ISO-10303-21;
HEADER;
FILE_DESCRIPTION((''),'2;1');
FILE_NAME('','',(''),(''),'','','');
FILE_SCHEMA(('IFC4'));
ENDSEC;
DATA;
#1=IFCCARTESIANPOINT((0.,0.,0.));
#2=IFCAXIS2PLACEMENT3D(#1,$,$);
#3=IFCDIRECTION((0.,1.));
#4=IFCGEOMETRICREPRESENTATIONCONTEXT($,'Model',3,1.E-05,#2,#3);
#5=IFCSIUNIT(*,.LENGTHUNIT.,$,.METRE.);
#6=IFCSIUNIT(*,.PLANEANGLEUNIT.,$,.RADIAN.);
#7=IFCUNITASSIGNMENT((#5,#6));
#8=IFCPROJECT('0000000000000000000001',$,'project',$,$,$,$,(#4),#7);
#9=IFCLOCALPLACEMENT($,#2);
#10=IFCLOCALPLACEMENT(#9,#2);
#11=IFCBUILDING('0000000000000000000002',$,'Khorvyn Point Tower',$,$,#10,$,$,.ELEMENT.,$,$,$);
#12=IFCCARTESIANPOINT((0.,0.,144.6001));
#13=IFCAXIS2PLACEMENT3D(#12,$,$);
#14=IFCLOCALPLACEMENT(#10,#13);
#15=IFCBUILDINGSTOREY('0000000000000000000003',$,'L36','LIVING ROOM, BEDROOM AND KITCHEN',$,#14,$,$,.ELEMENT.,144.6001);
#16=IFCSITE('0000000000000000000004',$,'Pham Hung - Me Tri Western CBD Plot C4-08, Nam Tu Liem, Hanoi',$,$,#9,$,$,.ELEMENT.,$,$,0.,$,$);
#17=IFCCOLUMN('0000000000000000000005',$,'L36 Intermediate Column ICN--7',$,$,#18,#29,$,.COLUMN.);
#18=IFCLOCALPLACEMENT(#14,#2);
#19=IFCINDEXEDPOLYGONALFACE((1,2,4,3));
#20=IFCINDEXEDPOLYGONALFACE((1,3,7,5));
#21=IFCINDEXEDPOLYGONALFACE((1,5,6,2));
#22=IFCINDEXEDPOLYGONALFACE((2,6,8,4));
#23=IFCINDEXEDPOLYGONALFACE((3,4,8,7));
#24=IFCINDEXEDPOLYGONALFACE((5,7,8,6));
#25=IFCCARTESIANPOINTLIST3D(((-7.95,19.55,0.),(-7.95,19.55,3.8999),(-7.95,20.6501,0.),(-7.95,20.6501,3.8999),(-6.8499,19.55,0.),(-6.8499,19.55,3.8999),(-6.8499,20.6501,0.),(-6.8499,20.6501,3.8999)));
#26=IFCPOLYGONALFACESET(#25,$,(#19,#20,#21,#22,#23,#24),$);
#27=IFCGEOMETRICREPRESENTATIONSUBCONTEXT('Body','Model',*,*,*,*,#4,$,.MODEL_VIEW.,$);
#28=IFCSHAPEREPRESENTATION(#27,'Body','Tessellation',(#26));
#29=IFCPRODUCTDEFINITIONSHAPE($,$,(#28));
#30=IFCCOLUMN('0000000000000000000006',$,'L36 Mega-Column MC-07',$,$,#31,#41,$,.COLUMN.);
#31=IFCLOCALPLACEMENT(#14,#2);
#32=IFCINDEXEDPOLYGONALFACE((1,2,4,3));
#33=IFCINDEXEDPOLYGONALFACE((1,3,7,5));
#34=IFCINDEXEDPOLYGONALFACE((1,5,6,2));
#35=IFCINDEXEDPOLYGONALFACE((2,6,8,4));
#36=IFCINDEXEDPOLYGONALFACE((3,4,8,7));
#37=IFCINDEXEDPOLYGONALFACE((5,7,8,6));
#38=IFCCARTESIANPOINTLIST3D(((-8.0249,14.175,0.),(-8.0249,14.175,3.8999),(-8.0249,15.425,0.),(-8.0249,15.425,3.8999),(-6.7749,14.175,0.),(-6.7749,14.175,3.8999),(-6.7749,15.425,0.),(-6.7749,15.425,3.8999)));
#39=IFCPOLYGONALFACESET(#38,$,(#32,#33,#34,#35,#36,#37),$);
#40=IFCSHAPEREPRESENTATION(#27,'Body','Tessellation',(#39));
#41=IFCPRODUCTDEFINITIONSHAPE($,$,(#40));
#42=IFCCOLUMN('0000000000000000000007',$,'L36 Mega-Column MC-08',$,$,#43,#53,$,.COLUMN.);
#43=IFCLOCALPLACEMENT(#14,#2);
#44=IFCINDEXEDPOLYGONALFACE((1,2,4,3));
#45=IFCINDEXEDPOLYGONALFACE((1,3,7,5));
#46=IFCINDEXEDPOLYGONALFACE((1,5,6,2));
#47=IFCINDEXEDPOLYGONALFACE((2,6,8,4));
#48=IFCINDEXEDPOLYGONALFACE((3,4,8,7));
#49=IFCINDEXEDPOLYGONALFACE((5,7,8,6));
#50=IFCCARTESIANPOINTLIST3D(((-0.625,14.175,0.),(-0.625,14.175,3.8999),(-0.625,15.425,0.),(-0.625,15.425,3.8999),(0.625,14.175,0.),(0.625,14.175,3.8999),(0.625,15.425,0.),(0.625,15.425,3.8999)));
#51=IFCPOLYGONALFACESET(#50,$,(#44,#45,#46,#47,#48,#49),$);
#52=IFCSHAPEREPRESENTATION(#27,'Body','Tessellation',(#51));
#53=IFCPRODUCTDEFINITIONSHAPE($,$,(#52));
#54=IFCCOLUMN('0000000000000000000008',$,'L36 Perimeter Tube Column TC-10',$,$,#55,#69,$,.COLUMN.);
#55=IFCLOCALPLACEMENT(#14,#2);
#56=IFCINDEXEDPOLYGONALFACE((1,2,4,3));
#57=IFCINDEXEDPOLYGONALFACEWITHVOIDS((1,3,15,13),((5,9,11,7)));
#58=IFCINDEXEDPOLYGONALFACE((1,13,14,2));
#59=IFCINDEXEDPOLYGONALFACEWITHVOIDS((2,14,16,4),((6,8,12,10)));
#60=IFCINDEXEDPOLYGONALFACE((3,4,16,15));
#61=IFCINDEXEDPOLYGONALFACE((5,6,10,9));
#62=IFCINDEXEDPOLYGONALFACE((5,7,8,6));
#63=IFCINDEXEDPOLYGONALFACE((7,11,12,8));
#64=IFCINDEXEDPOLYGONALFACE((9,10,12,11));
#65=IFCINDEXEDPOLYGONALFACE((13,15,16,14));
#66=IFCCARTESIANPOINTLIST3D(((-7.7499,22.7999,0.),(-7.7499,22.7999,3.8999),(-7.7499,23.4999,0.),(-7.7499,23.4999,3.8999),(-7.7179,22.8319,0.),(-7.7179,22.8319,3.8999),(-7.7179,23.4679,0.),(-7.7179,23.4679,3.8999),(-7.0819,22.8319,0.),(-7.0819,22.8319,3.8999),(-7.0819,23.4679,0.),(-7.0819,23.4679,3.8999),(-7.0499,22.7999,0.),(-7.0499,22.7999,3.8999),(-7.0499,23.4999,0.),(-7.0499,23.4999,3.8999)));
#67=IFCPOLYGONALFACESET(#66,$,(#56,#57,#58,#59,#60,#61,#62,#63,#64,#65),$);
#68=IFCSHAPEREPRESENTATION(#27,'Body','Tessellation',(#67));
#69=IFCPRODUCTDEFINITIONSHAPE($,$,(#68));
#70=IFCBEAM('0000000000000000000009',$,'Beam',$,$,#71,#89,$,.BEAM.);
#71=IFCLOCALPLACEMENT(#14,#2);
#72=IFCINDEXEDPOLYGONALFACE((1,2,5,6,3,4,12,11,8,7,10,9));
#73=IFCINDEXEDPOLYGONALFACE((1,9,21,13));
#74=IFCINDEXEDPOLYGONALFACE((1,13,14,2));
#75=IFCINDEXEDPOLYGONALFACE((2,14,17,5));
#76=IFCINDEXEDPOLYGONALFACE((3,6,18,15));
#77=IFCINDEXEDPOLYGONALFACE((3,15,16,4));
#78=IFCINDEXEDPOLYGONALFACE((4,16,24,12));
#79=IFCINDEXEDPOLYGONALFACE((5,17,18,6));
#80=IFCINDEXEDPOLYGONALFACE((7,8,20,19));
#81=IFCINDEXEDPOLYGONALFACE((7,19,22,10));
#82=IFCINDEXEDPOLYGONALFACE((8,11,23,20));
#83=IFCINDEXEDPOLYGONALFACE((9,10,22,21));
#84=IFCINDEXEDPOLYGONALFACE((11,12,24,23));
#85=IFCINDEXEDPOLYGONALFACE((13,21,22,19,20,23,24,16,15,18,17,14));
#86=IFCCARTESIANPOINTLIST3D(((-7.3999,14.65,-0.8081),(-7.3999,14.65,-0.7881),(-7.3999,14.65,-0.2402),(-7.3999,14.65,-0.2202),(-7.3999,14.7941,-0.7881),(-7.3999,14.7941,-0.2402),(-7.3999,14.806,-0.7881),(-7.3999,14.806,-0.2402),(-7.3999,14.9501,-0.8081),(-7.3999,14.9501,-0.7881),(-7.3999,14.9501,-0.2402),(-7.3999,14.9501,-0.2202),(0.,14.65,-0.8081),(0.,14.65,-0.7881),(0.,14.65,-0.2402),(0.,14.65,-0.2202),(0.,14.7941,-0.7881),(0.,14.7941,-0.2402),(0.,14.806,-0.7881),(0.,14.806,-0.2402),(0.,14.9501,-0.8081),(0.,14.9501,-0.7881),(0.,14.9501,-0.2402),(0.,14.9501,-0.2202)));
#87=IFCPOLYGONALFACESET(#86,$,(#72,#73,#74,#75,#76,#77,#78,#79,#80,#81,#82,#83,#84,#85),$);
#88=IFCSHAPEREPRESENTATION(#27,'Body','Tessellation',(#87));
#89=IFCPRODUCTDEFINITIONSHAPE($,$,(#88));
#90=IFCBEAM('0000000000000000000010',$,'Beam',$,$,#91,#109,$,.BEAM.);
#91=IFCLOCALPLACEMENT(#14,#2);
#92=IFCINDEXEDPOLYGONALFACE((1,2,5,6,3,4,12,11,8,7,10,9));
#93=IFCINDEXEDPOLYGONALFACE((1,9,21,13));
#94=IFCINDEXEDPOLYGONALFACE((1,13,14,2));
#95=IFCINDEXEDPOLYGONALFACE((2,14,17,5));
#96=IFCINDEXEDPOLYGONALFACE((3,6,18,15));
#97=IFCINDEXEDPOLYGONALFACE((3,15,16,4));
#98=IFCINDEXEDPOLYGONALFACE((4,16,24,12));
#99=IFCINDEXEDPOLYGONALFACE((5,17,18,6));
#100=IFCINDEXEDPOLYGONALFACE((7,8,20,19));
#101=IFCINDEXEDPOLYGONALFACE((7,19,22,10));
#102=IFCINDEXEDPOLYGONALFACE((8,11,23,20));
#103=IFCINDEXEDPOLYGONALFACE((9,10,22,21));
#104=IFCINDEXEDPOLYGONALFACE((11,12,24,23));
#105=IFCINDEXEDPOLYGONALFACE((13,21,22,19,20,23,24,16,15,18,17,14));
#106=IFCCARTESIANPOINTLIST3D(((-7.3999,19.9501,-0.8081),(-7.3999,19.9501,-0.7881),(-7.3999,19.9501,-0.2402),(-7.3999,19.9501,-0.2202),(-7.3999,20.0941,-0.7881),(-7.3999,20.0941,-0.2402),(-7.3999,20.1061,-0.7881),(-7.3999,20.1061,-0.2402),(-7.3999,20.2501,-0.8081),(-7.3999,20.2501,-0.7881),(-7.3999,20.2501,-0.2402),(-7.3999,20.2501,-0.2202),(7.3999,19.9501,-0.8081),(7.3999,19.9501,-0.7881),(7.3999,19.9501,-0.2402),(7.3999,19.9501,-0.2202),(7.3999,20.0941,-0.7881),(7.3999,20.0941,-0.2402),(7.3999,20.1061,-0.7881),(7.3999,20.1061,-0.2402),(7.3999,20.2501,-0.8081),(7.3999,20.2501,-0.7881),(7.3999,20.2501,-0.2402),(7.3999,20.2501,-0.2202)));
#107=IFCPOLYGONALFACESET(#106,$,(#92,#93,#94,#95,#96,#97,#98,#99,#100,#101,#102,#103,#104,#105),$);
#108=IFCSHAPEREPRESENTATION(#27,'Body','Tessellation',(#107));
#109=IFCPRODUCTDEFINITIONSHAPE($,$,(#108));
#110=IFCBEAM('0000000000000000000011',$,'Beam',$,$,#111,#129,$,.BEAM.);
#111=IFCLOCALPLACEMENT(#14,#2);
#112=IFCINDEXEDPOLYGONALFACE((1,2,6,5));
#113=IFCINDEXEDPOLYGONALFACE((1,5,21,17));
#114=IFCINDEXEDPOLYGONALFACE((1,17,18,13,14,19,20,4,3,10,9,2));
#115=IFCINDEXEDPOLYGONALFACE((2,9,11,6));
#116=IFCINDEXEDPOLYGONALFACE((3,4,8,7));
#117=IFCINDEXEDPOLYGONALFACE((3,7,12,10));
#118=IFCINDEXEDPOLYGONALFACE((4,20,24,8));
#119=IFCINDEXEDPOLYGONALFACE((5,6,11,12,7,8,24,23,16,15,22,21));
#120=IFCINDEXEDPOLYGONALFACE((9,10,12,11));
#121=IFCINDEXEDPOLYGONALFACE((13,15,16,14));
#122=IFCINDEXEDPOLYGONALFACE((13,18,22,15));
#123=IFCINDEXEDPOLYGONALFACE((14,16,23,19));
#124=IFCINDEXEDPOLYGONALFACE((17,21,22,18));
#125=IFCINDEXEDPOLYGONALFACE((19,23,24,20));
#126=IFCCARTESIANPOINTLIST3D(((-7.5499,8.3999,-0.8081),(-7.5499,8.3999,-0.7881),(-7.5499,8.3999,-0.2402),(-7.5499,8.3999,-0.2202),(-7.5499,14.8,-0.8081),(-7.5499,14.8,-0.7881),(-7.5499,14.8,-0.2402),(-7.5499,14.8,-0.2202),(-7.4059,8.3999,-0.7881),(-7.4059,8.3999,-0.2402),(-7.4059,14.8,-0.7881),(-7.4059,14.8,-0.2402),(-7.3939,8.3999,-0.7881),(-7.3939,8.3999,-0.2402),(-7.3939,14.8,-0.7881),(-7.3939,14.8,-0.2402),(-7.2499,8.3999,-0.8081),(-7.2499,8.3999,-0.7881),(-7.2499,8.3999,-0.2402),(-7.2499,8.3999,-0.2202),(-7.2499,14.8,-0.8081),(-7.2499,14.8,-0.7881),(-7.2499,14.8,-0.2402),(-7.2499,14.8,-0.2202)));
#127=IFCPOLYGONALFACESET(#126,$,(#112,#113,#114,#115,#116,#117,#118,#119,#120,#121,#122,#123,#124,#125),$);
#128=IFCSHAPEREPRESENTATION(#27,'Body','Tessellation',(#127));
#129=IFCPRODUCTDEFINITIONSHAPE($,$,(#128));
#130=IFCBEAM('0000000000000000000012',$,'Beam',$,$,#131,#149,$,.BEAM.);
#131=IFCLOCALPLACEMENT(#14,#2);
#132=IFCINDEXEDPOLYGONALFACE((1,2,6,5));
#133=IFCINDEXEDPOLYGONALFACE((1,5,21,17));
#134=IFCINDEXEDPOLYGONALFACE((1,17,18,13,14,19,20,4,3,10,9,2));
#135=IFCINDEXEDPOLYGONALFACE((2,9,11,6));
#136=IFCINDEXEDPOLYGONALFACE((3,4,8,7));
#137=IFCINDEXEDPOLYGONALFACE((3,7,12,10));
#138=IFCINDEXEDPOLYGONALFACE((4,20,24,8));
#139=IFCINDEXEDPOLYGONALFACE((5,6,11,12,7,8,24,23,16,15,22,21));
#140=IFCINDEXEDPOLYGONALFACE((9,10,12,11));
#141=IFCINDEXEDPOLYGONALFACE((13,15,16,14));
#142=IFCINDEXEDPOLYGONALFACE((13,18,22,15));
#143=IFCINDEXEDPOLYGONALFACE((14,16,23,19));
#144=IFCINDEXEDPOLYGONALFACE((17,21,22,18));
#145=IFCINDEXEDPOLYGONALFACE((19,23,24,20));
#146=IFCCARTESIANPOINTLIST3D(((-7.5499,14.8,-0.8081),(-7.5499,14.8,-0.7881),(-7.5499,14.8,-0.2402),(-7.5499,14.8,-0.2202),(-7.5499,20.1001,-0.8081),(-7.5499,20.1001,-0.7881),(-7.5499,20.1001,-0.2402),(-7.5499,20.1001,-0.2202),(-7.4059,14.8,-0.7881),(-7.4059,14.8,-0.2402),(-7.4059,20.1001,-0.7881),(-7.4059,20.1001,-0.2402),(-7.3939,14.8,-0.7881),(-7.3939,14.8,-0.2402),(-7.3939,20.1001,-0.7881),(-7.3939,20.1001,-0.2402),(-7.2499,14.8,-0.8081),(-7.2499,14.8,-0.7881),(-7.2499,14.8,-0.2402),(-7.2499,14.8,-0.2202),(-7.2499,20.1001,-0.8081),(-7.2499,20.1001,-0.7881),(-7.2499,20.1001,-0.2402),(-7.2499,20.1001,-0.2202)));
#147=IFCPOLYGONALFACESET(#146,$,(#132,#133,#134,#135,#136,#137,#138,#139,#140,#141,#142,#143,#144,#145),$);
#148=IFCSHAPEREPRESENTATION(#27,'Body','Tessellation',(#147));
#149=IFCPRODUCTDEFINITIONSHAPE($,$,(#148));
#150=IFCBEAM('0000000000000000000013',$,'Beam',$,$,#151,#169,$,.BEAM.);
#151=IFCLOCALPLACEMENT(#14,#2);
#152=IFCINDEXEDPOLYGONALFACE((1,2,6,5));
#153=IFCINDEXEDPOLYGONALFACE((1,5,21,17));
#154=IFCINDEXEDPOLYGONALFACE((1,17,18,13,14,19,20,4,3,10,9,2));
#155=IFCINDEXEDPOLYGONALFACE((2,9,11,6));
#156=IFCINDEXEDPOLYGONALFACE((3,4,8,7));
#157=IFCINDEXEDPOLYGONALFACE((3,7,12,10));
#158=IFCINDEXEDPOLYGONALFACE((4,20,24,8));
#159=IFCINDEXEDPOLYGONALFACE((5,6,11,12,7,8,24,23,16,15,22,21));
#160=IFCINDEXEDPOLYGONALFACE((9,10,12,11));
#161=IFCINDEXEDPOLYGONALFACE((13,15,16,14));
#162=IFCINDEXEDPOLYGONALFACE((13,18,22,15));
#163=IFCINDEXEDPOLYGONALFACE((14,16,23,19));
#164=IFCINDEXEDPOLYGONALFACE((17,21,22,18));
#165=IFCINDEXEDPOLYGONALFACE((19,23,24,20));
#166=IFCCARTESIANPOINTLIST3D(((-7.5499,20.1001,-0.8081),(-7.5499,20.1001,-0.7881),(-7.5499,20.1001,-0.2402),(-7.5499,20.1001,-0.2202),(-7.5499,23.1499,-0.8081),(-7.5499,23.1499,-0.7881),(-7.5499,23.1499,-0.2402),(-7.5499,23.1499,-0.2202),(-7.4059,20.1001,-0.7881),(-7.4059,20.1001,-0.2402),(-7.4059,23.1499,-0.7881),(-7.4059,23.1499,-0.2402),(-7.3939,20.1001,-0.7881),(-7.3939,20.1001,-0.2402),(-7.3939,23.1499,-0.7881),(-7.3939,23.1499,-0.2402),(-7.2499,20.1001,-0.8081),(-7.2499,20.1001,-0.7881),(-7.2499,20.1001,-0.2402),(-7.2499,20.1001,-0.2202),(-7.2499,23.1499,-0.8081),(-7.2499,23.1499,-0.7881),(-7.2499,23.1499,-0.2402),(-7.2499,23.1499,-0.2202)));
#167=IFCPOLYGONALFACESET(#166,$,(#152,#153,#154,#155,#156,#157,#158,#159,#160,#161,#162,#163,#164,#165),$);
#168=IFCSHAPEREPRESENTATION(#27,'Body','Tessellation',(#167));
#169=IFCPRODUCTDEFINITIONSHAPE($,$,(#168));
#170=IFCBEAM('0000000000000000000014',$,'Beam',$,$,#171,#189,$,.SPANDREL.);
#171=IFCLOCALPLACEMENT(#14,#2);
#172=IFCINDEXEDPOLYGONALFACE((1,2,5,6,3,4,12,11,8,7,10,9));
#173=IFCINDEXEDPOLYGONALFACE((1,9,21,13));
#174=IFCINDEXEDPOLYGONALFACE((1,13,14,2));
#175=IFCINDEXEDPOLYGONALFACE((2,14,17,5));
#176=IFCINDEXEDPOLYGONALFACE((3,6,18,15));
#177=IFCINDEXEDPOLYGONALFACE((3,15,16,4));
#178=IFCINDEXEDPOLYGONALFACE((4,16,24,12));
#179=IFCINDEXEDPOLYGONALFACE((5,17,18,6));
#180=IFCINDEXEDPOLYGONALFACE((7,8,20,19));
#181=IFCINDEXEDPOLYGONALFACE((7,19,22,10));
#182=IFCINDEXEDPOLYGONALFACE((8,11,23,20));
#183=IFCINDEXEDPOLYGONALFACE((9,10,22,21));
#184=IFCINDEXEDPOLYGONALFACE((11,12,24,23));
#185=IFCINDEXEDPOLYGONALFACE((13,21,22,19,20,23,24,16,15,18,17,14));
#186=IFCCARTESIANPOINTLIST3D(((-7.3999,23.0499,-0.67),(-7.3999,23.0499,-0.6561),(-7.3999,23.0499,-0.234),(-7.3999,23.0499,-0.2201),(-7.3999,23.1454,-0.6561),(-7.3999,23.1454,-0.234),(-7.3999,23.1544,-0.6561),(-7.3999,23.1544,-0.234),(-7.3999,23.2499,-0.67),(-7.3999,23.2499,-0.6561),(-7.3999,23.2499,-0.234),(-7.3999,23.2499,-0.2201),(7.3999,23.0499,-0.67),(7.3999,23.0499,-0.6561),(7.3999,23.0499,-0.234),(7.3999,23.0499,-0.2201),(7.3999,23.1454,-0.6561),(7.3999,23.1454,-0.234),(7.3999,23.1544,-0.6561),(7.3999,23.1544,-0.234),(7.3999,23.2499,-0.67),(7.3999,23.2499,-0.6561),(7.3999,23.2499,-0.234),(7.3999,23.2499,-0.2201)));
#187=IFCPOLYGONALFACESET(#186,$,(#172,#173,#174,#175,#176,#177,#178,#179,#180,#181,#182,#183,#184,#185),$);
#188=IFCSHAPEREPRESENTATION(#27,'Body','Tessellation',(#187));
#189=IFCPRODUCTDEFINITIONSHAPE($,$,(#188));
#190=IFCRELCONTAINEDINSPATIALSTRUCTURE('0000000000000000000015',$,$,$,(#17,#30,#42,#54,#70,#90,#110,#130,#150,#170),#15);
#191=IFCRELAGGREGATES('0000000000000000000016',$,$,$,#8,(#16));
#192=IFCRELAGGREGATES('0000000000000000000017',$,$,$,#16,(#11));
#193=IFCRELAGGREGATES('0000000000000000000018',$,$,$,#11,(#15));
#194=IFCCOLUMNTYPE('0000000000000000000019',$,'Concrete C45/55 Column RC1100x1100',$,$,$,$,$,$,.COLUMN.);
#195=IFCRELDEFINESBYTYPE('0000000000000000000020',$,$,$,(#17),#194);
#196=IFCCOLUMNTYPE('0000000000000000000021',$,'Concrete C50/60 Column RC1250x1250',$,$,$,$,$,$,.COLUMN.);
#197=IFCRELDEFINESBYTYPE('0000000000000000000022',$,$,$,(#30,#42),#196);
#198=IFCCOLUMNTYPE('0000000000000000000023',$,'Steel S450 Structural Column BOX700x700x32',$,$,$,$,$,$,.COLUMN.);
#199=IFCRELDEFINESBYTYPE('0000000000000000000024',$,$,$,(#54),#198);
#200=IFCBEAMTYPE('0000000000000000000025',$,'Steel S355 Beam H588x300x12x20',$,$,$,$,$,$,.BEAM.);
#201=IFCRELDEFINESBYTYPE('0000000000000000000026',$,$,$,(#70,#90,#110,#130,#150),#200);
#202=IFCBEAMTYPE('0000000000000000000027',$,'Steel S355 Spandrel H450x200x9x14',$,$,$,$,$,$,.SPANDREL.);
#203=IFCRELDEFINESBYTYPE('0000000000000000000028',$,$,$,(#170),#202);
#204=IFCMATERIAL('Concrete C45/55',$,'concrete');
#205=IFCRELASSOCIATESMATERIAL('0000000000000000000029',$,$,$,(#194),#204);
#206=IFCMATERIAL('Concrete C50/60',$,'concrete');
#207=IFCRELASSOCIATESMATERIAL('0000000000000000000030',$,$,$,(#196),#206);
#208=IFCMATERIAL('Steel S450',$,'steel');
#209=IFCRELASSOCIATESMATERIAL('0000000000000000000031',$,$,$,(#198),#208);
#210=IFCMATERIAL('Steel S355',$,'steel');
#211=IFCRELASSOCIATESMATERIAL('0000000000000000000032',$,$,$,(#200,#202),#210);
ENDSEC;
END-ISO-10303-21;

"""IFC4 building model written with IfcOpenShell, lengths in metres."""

from ifc_helpers import new_model, si_unit, direction, frame, origin, origin_2d, place, context, subcontext, project, spatial, rectangle, hollow_rectangle, i_section, extrude, material, material_profile, profile_set, type_object, element, save


model = new_model("IFC4")

# Units and contexts
model_context = context("Model", 3, precision=1e-05, world=origin(), true_north=direction((0.0, 1.0)))
body_context = subcontext(model_context, "Body", "Model", "MODEL_VIEW")
ifc_project = project(units=[si_unit("LENGTHUNIT", "METRE"), si_unit("PLANEANGLEUNIT", "RADIAN")], contexts=[model_context])

# Site, building, storey
site_placement = place(None, origin())
site = spatial("IfcSite", under=ifc_project, at=site_placement, Name="Pham Hung - Me Tri Western CBD Plot C4-08, Nam Tu Liem, Hanoi", CompositionType="ELEMENT", RefElevation=0.0)
building_placement = place(site_placement, origin())
building = spatial("IfcBuilding", under=site, at=building_placement, Name="Khorvyn Point Tower", CompositionType="ELEMENT")
storey_placement = place(building_placement, frame((0.0, 0.0, 144.6001)))
storey = spatial("IfcBuildingStorey", under=building, at=storey_placement, Name="L36", Description="LIVING ROOM, BEDROOM AND KITCHEN", CompositionType="ELEMENT", Elevation=144.6001)

# Columns
ifc_material_1 = material(Name="Concrete C45/55", Category="concrete")
ifc_material_profile_1 = material_profile(ifc_material_1, rectangle(XDim=1.1001, YDim=1.1001, at=origin_2d()))
ifc_profile_set_1 = profile_set([ifc_material_profile_1], Name="Concrete C45/55 RC1100x1100")
column_type_1 = type_object("IfcColumnType", Name="Concrete C45/55 Column RC1100x1100", PredefinedType="COLUMN", material=ifc_profile_set_1)
column_1_placement = place(storey_placement, frame((-7.3999, 20.1001, 0.0), z_axis=(0.0, 0.0, 1.0), x_axis=(1.0, 0.0, 0.0)))
element("IfcColumn", 1, at=column_1_placement, inside=storey, type_object=column_type_1, Name="L36 Intermediate Column ICN--7", PredefinedType="COLUMN", context=body_context, shape_type="SweptSolid", body=[
    extrude(rectangle(XDim=1.1001, YDim=1.1001, at=origin_2d()), origin(), (0.0, 0.0, 1.0), 3.8999),
])
ifc_material_2 = material(Name="Concrete C50/60", Category="concrete")
ifc_material_profile_2 = material_profile(ifc_material_2, rectangle(XDim=1.25, YDim=1.25, at=origin_2d()))
ifc_profile_set_2 = profile_set([ifc_material_profile_2], Name="Concrete C50/60 RC1250x1250")
column_type_2 = type_object("IfcColumnType", Name="Concrete C50/60 Column RC1250x1250", PredefinedType="COLUMN", material=ifc_profile_set_2)
for number, where, z_axis, x_axis, name in (
    (2, (-7.3999, 14.8, 0.0), (0.0, 0.0, 1.0), (1.0, 0.0, 0.0), "L36 Mega-Column MC-07"),
    (3, (0.0, 14.8, 0.0), (0.0, 0.0, 1.0), (1.0, 0.0, 0.0), "L36 Mega-Column MC-08"),
):
    element("IfcColumn", number, at=place(storey_placement, frame(where, z_axis=z_axis, x_axis=x_axis)), inside=storey, type_object=column_type_2, Name=name, PredefinedType="COLUMN", context=body_context, shape_type="SweptSolid", body=[
        extrude(rectangle(XDim=1.25, YDim=1.25, at=origin_2d()), origin(), (0.0, 0.0, 1.0), 3.8999),
    ])
ifc_material_3 = material(Name="Steel S450", Category="steel")
ifc_material_profile_3 = material_profile(ifc_material_3, hollow_rectangle(XDim=0.7, YDim=0.7, WallThickness=0.032, at=origin_2d()))
ifc_profile_set_3 = profile_set([ifc_material_profile_3], Name="Steel S450 BOX700x700x32")
column_type_3 = type_object("IfcColumnType", Name="Steel S450 Structural Column BOX700x700x32", PredefinedType="COLUMN", material=ifc_profile_set_3)
column_2_placement = place(storey_placement, frame((-7.3999, 23.1499, 0.0), z_axis=(0.0, 0.0, 1.0), x_axis=(1.0, 0.0, 0.0)))
element("IfcColumn", 4, at=column_2_placement, inside=storey, type_object=column_type_3, Name="L36 Perimeter Tube Column TC-10", PredefinedType="COLUMN", context=body_context, shape_type="SweptSolid", body=[
    extrude(hollow_rectangle(XDim=0.7, YDim=0.7, WallThickness=0.032, at=origin_2d()), origin(), (0.0, 0.0, 1.0), 3.8999),
])

# Beams
ifc_material_4 = material(Name="Steel S355", Category="steel")
ifc_material_profile_4 = material_profile(ifc_material_4, i_section(OverallWidth=0.3, OverallDepth=0.5879, WebThickness=0.012, FlangeThickness=0.02, at=origin_2d()))
ifc_profile_set_4 = profile_set([ifc_material_profile_4], Name="Steel S355 H588x300x12x20")
beam_type_1 = type_object("IfcBeamType", Name="Steel S355 Beam H588x300x12x20", PredefinedType="BEAM", material=ifc_profile_set_4)
beam_1_placement = place(storey_placement, frame((-7.3999, 14.8, -0.5142), z_axis=(1.0, 0.0, 0.0), x_axis=(0.0, 1.0, 0.0)))
element("IfcBeam", 5, at=beam_1_placement, inside=storey, type_object=beam_type_1, Name="Beam", PredefinedType="BEAM", context=body_context, shape_type="SweptSolid", body=[
    extrude(i_section(OverallWidth=0.3, OverallDepth=0.5879, WebThickness=0.012, FlangeThickness=0.02, at=origin_2d()), origin(), (0.0, 0.0, 1.0), 7.3999),
])
beam_2_placement = place(storey_placement, frame((-7.3999, 20.1001, -0.5142), z_axis=(1.0, 0.0, 0.0), x_axis=(0.0, 1.0, 0.0)))
element("IfcBeam", 6, at=beam_2_placement, inside=storey, type_object=beam_type_1, Name="Beam", PredefinedType="BEAM", context=body_context, shape_type="SweptSolid", body=[
    extrude(i_section(OverallWidth=0.3, OverallDepth=0.5879, WebThickness=0.012, FlangeThickness=0.02, at=origin_2d()), origin(), (0.0, 0.0, 1.0), 14.7998),
])
beam_3_placement = place(storey_placement, frame((-7.3999, 8.3999, -0.5142), z_axis=(0.0, 1.0, 0.0), x_axis=(-1.0, 0.0, 0.0)))
element("IfcBeam", 7, at=beam_3_placement, inside=storey, type_object=beam_type_1, Name="Beam", PredefinedType="BEAM", context=body_context, shape_type="SweptSolid", body=[
    extrude(i_section(OverallWidth=0.3, OverallDepth=0.5879, WebThickness=0.012, FlangeThickness=0.02, at=origin_2d()), origin(), (0.0, 0.0, 1.0), 6.4001),
])
beam_4_placement = place(storey_placement, frame((-7.3999, 14.8, -0.5142), z_axis=(0.0, 1.0, 0.0), x_axis=(-1.0, 0.0, 0.0)))
element("IfcBeam", 8, at=beam_4_placement, inside=storey, type_object=beam_type_1, Name="Beam", PredefinedType="BEAM", context=body_context, shape_type="SweptSolid", body=[
    extrude(i_section(OverallWidth=0.3, OverallDepth=0.5879, WebThickness=0.012, FlangeThickness=0.02, at=origin_2d()), origin(), (0.0, 0.0, 1.0), 5.3),
])
beam_5_placement = place(storey_placement, frame((-7.3999, 20.1001, -0.5142), z_axis=(0.0, 1.0, 0.0), x_axis=(-1.0, 0.0, 0.0)))
element("IfcBeam", 9, at=beam_5_placement, inside=storey, type_object=beam_type_1, Name="Beam", PredefinedType="BEAM", context=body_context, shape_type="SweptSolid", body=[
    extrude(i_section(OverallWidth=0.3, OverallDepth=0.5879, WebThickness=0.012, FlangeThickness=0.02, at=origin_2d()), origin(), (0.0, 0.0, 1.0), 3.0498),
])
ifc_material_profile_5 = material_profile(ifc_material_4, i_section(OverallWidth=0.2, OverallDepth=0.45, WebThickness=0.009, FlangeThickness=0.0139, at=origin_2d()))
ifc_profile_set_5 = profile_set([ifc_material_profile_5], Name="Steel S355 H450x200x9x14")
beam_type_2 = type_object("IfcBeamType", Name="Steel S355 Spandrel H450x200x9x14", PredefinedType="SPANDREL", material=ifc_profile_set_5)
beam_6_placement = place(storey_placement, frame((-7.3999, 23.1499, -0.4451), z_axis=(1.0, 0.0, 0.0), x_axis=(0.0, 1.0, 0.0)))
element("IfcBeam", 10, at=beam_6_placement, inside=storey, type_object=beam_type_2, Name="Beam", PredefinedType="SPANDREL", context=body_context, shape_type="SweptSolid", body=[
    extrude(i_section(OverallWidth=0.2, OverallDepth=0.45, WebThickness=0.009, FlangeThickness=0.0139, at=origin_2d()), origin(), (0.0, 0.0, 1.0), 14.7998),
])

save(model, "model.ifc")
